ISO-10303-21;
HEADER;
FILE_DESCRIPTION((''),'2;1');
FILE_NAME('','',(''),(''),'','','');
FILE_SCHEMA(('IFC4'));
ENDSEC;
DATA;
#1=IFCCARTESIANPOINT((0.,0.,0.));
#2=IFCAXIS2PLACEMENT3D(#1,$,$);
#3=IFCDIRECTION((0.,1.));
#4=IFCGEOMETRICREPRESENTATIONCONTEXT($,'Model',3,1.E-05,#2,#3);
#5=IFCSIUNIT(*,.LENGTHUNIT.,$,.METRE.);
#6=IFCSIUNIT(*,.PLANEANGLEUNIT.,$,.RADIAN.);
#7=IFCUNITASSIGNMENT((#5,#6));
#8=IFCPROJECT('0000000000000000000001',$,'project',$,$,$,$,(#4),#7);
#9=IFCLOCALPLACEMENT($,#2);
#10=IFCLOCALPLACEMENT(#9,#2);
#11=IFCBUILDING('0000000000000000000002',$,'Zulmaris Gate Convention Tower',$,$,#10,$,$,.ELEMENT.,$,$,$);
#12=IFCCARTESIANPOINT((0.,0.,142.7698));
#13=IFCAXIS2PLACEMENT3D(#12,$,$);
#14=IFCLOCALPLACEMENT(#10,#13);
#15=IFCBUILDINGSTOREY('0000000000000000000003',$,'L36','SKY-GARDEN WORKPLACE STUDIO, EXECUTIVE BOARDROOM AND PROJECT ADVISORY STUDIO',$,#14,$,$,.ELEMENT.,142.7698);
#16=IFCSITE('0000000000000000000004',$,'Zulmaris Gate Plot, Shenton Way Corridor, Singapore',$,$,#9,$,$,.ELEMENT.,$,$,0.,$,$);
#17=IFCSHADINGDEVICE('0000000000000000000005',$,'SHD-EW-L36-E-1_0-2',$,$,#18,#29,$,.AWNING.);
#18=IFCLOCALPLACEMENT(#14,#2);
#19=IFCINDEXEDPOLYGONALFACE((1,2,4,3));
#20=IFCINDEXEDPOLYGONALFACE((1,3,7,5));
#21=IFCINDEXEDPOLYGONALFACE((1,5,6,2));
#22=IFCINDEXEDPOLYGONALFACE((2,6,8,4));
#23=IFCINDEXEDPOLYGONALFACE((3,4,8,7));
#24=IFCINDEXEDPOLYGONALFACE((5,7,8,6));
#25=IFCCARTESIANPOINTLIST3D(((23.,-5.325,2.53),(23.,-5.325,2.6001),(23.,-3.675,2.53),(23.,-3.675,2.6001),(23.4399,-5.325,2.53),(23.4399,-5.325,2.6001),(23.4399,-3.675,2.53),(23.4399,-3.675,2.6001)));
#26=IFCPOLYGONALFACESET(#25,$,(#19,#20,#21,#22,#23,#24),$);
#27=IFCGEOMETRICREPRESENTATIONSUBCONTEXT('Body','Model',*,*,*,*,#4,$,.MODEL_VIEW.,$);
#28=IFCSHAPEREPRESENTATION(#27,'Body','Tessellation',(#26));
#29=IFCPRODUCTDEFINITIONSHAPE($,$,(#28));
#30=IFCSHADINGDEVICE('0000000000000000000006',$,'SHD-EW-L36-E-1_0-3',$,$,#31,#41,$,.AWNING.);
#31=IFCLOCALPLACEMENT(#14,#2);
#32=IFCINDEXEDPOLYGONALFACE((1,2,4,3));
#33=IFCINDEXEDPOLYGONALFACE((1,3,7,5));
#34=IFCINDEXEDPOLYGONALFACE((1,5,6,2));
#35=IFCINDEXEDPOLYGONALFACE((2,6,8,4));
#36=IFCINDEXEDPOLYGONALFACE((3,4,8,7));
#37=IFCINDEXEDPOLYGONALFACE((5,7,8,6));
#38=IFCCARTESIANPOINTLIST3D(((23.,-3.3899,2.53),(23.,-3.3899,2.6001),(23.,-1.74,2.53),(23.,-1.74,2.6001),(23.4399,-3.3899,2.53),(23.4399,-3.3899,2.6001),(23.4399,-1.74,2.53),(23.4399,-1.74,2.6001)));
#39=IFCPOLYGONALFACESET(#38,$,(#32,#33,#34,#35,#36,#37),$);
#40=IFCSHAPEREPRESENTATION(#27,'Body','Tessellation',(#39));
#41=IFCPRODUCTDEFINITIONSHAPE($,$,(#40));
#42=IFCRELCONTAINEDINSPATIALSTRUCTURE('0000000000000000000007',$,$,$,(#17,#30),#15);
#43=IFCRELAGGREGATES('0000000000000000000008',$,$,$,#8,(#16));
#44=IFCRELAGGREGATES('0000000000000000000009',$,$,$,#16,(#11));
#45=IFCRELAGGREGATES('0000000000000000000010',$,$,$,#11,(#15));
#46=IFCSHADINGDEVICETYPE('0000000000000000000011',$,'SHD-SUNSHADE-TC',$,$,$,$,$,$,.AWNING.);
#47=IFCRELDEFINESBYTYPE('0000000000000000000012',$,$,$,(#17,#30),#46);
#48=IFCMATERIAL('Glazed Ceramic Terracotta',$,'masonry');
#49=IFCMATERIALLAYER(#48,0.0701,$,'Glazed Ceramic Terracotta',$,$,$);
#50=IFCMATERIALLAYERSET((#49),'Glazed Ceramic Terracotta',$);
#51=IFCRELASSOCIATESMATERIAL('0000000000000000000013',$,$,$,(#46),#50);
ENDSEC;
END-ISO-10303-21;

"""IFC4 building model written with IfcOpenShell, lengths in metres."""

from ifc_helpers import new_model, si_unit, direction, frame, frame_2d, origin, place, context, subcontext, project, spatial, rectangle, extrude, material, layer, layer_set, type_object, element, save


model = new_model("IFC4")

# Units and contexts
model_context = context("Model", 3, precision=1e-05, world=origin(), true_north=direction((0.0, 1.0)))
body_context = subcontext(model_context, "Body", "Model", "MODEL_VIEW")
ifc_project = project(units=[si_unit("LENGTHUNIT", "METRE"), si_unit("PLANEANGLEUNIT", "RADIAN")], contexts=[model_context])

# Site, building, storey
site_placement = place(None, origin())
site = spatial("IfcSite", under=ifc_project, at=site_placement, Name="Zulmaris Gate Plot, Shenton Way Corridor, Singapore", CompositionType="ELEMENT", RefElevation=0.0)
building_placement = place(site_placement, origin())
building = spatial("IfcBuilding", under=site, at=building_placement, Name="Zulmaris Gate Convention Tower", CompositionType="ELEMENT")
storey_placement = place(building_placement, frame((0.0, 0.0, 142.7698)))
storey = spatial("IfcBuildingStorey", under=building, at=storey_placement, Name="L36", Description="SKY-GARDEN WORKPLACE STUDIO, EXECUTIVE BOARDROOM AND PROJECT ADVISORY STUDIO", CompositionType="ELEMENT", Elevation=142.7698)

# Shading devices
ifc_material_1 = material(Name="Glazed Ceramic Terracotta", Category="masonry")
ifc_layer_1 = layer(ifc_material_1, 0.0701, Name="Glazed Ceramic Terracotta")
ifc_layer_set_1 = layer_set([ifc_layer_1], Name="Glazed Ceramic Terracotta")
shading_device_type = type_object("IfcShadingDeviceType", Name="SHD-SUNSHADE-TC", PredefinedType="AWNING", material=ifc_layer_set_1)
for number, where, z_axis, x_axis, name in (
    (1, (23.22, -5.325, 2.53), (0.0, 0.0, 1.0), (0.0, 1.0, 0.0), "SHD-EW-L36-E-1_0-2"),
    (2, (23.22, -3.3899, 2.53), (0.0, 0.0, 1.0), (0.0, 1.0, 0.0), "SHD-EW-L36-E-1_0-3"),
):
    element("IfcShadingDevice", number, at=place(storey_placement, frame(where, z_axis=z_axis, x_axis=x_axis)), inside=storey, type_object=shading_device_type, Name=name, PredefinedType="AWNING", context=body_context, shape_type="SweptSolid", body=[
        extrude(rectangle(XDim=1.6499, YDim=0.4399, at=frame_2d((0.825, 0.0))), origin(), (0.0, 0.0, 1.0), 0.0701),
    ])

save(model, "model.ifc")
